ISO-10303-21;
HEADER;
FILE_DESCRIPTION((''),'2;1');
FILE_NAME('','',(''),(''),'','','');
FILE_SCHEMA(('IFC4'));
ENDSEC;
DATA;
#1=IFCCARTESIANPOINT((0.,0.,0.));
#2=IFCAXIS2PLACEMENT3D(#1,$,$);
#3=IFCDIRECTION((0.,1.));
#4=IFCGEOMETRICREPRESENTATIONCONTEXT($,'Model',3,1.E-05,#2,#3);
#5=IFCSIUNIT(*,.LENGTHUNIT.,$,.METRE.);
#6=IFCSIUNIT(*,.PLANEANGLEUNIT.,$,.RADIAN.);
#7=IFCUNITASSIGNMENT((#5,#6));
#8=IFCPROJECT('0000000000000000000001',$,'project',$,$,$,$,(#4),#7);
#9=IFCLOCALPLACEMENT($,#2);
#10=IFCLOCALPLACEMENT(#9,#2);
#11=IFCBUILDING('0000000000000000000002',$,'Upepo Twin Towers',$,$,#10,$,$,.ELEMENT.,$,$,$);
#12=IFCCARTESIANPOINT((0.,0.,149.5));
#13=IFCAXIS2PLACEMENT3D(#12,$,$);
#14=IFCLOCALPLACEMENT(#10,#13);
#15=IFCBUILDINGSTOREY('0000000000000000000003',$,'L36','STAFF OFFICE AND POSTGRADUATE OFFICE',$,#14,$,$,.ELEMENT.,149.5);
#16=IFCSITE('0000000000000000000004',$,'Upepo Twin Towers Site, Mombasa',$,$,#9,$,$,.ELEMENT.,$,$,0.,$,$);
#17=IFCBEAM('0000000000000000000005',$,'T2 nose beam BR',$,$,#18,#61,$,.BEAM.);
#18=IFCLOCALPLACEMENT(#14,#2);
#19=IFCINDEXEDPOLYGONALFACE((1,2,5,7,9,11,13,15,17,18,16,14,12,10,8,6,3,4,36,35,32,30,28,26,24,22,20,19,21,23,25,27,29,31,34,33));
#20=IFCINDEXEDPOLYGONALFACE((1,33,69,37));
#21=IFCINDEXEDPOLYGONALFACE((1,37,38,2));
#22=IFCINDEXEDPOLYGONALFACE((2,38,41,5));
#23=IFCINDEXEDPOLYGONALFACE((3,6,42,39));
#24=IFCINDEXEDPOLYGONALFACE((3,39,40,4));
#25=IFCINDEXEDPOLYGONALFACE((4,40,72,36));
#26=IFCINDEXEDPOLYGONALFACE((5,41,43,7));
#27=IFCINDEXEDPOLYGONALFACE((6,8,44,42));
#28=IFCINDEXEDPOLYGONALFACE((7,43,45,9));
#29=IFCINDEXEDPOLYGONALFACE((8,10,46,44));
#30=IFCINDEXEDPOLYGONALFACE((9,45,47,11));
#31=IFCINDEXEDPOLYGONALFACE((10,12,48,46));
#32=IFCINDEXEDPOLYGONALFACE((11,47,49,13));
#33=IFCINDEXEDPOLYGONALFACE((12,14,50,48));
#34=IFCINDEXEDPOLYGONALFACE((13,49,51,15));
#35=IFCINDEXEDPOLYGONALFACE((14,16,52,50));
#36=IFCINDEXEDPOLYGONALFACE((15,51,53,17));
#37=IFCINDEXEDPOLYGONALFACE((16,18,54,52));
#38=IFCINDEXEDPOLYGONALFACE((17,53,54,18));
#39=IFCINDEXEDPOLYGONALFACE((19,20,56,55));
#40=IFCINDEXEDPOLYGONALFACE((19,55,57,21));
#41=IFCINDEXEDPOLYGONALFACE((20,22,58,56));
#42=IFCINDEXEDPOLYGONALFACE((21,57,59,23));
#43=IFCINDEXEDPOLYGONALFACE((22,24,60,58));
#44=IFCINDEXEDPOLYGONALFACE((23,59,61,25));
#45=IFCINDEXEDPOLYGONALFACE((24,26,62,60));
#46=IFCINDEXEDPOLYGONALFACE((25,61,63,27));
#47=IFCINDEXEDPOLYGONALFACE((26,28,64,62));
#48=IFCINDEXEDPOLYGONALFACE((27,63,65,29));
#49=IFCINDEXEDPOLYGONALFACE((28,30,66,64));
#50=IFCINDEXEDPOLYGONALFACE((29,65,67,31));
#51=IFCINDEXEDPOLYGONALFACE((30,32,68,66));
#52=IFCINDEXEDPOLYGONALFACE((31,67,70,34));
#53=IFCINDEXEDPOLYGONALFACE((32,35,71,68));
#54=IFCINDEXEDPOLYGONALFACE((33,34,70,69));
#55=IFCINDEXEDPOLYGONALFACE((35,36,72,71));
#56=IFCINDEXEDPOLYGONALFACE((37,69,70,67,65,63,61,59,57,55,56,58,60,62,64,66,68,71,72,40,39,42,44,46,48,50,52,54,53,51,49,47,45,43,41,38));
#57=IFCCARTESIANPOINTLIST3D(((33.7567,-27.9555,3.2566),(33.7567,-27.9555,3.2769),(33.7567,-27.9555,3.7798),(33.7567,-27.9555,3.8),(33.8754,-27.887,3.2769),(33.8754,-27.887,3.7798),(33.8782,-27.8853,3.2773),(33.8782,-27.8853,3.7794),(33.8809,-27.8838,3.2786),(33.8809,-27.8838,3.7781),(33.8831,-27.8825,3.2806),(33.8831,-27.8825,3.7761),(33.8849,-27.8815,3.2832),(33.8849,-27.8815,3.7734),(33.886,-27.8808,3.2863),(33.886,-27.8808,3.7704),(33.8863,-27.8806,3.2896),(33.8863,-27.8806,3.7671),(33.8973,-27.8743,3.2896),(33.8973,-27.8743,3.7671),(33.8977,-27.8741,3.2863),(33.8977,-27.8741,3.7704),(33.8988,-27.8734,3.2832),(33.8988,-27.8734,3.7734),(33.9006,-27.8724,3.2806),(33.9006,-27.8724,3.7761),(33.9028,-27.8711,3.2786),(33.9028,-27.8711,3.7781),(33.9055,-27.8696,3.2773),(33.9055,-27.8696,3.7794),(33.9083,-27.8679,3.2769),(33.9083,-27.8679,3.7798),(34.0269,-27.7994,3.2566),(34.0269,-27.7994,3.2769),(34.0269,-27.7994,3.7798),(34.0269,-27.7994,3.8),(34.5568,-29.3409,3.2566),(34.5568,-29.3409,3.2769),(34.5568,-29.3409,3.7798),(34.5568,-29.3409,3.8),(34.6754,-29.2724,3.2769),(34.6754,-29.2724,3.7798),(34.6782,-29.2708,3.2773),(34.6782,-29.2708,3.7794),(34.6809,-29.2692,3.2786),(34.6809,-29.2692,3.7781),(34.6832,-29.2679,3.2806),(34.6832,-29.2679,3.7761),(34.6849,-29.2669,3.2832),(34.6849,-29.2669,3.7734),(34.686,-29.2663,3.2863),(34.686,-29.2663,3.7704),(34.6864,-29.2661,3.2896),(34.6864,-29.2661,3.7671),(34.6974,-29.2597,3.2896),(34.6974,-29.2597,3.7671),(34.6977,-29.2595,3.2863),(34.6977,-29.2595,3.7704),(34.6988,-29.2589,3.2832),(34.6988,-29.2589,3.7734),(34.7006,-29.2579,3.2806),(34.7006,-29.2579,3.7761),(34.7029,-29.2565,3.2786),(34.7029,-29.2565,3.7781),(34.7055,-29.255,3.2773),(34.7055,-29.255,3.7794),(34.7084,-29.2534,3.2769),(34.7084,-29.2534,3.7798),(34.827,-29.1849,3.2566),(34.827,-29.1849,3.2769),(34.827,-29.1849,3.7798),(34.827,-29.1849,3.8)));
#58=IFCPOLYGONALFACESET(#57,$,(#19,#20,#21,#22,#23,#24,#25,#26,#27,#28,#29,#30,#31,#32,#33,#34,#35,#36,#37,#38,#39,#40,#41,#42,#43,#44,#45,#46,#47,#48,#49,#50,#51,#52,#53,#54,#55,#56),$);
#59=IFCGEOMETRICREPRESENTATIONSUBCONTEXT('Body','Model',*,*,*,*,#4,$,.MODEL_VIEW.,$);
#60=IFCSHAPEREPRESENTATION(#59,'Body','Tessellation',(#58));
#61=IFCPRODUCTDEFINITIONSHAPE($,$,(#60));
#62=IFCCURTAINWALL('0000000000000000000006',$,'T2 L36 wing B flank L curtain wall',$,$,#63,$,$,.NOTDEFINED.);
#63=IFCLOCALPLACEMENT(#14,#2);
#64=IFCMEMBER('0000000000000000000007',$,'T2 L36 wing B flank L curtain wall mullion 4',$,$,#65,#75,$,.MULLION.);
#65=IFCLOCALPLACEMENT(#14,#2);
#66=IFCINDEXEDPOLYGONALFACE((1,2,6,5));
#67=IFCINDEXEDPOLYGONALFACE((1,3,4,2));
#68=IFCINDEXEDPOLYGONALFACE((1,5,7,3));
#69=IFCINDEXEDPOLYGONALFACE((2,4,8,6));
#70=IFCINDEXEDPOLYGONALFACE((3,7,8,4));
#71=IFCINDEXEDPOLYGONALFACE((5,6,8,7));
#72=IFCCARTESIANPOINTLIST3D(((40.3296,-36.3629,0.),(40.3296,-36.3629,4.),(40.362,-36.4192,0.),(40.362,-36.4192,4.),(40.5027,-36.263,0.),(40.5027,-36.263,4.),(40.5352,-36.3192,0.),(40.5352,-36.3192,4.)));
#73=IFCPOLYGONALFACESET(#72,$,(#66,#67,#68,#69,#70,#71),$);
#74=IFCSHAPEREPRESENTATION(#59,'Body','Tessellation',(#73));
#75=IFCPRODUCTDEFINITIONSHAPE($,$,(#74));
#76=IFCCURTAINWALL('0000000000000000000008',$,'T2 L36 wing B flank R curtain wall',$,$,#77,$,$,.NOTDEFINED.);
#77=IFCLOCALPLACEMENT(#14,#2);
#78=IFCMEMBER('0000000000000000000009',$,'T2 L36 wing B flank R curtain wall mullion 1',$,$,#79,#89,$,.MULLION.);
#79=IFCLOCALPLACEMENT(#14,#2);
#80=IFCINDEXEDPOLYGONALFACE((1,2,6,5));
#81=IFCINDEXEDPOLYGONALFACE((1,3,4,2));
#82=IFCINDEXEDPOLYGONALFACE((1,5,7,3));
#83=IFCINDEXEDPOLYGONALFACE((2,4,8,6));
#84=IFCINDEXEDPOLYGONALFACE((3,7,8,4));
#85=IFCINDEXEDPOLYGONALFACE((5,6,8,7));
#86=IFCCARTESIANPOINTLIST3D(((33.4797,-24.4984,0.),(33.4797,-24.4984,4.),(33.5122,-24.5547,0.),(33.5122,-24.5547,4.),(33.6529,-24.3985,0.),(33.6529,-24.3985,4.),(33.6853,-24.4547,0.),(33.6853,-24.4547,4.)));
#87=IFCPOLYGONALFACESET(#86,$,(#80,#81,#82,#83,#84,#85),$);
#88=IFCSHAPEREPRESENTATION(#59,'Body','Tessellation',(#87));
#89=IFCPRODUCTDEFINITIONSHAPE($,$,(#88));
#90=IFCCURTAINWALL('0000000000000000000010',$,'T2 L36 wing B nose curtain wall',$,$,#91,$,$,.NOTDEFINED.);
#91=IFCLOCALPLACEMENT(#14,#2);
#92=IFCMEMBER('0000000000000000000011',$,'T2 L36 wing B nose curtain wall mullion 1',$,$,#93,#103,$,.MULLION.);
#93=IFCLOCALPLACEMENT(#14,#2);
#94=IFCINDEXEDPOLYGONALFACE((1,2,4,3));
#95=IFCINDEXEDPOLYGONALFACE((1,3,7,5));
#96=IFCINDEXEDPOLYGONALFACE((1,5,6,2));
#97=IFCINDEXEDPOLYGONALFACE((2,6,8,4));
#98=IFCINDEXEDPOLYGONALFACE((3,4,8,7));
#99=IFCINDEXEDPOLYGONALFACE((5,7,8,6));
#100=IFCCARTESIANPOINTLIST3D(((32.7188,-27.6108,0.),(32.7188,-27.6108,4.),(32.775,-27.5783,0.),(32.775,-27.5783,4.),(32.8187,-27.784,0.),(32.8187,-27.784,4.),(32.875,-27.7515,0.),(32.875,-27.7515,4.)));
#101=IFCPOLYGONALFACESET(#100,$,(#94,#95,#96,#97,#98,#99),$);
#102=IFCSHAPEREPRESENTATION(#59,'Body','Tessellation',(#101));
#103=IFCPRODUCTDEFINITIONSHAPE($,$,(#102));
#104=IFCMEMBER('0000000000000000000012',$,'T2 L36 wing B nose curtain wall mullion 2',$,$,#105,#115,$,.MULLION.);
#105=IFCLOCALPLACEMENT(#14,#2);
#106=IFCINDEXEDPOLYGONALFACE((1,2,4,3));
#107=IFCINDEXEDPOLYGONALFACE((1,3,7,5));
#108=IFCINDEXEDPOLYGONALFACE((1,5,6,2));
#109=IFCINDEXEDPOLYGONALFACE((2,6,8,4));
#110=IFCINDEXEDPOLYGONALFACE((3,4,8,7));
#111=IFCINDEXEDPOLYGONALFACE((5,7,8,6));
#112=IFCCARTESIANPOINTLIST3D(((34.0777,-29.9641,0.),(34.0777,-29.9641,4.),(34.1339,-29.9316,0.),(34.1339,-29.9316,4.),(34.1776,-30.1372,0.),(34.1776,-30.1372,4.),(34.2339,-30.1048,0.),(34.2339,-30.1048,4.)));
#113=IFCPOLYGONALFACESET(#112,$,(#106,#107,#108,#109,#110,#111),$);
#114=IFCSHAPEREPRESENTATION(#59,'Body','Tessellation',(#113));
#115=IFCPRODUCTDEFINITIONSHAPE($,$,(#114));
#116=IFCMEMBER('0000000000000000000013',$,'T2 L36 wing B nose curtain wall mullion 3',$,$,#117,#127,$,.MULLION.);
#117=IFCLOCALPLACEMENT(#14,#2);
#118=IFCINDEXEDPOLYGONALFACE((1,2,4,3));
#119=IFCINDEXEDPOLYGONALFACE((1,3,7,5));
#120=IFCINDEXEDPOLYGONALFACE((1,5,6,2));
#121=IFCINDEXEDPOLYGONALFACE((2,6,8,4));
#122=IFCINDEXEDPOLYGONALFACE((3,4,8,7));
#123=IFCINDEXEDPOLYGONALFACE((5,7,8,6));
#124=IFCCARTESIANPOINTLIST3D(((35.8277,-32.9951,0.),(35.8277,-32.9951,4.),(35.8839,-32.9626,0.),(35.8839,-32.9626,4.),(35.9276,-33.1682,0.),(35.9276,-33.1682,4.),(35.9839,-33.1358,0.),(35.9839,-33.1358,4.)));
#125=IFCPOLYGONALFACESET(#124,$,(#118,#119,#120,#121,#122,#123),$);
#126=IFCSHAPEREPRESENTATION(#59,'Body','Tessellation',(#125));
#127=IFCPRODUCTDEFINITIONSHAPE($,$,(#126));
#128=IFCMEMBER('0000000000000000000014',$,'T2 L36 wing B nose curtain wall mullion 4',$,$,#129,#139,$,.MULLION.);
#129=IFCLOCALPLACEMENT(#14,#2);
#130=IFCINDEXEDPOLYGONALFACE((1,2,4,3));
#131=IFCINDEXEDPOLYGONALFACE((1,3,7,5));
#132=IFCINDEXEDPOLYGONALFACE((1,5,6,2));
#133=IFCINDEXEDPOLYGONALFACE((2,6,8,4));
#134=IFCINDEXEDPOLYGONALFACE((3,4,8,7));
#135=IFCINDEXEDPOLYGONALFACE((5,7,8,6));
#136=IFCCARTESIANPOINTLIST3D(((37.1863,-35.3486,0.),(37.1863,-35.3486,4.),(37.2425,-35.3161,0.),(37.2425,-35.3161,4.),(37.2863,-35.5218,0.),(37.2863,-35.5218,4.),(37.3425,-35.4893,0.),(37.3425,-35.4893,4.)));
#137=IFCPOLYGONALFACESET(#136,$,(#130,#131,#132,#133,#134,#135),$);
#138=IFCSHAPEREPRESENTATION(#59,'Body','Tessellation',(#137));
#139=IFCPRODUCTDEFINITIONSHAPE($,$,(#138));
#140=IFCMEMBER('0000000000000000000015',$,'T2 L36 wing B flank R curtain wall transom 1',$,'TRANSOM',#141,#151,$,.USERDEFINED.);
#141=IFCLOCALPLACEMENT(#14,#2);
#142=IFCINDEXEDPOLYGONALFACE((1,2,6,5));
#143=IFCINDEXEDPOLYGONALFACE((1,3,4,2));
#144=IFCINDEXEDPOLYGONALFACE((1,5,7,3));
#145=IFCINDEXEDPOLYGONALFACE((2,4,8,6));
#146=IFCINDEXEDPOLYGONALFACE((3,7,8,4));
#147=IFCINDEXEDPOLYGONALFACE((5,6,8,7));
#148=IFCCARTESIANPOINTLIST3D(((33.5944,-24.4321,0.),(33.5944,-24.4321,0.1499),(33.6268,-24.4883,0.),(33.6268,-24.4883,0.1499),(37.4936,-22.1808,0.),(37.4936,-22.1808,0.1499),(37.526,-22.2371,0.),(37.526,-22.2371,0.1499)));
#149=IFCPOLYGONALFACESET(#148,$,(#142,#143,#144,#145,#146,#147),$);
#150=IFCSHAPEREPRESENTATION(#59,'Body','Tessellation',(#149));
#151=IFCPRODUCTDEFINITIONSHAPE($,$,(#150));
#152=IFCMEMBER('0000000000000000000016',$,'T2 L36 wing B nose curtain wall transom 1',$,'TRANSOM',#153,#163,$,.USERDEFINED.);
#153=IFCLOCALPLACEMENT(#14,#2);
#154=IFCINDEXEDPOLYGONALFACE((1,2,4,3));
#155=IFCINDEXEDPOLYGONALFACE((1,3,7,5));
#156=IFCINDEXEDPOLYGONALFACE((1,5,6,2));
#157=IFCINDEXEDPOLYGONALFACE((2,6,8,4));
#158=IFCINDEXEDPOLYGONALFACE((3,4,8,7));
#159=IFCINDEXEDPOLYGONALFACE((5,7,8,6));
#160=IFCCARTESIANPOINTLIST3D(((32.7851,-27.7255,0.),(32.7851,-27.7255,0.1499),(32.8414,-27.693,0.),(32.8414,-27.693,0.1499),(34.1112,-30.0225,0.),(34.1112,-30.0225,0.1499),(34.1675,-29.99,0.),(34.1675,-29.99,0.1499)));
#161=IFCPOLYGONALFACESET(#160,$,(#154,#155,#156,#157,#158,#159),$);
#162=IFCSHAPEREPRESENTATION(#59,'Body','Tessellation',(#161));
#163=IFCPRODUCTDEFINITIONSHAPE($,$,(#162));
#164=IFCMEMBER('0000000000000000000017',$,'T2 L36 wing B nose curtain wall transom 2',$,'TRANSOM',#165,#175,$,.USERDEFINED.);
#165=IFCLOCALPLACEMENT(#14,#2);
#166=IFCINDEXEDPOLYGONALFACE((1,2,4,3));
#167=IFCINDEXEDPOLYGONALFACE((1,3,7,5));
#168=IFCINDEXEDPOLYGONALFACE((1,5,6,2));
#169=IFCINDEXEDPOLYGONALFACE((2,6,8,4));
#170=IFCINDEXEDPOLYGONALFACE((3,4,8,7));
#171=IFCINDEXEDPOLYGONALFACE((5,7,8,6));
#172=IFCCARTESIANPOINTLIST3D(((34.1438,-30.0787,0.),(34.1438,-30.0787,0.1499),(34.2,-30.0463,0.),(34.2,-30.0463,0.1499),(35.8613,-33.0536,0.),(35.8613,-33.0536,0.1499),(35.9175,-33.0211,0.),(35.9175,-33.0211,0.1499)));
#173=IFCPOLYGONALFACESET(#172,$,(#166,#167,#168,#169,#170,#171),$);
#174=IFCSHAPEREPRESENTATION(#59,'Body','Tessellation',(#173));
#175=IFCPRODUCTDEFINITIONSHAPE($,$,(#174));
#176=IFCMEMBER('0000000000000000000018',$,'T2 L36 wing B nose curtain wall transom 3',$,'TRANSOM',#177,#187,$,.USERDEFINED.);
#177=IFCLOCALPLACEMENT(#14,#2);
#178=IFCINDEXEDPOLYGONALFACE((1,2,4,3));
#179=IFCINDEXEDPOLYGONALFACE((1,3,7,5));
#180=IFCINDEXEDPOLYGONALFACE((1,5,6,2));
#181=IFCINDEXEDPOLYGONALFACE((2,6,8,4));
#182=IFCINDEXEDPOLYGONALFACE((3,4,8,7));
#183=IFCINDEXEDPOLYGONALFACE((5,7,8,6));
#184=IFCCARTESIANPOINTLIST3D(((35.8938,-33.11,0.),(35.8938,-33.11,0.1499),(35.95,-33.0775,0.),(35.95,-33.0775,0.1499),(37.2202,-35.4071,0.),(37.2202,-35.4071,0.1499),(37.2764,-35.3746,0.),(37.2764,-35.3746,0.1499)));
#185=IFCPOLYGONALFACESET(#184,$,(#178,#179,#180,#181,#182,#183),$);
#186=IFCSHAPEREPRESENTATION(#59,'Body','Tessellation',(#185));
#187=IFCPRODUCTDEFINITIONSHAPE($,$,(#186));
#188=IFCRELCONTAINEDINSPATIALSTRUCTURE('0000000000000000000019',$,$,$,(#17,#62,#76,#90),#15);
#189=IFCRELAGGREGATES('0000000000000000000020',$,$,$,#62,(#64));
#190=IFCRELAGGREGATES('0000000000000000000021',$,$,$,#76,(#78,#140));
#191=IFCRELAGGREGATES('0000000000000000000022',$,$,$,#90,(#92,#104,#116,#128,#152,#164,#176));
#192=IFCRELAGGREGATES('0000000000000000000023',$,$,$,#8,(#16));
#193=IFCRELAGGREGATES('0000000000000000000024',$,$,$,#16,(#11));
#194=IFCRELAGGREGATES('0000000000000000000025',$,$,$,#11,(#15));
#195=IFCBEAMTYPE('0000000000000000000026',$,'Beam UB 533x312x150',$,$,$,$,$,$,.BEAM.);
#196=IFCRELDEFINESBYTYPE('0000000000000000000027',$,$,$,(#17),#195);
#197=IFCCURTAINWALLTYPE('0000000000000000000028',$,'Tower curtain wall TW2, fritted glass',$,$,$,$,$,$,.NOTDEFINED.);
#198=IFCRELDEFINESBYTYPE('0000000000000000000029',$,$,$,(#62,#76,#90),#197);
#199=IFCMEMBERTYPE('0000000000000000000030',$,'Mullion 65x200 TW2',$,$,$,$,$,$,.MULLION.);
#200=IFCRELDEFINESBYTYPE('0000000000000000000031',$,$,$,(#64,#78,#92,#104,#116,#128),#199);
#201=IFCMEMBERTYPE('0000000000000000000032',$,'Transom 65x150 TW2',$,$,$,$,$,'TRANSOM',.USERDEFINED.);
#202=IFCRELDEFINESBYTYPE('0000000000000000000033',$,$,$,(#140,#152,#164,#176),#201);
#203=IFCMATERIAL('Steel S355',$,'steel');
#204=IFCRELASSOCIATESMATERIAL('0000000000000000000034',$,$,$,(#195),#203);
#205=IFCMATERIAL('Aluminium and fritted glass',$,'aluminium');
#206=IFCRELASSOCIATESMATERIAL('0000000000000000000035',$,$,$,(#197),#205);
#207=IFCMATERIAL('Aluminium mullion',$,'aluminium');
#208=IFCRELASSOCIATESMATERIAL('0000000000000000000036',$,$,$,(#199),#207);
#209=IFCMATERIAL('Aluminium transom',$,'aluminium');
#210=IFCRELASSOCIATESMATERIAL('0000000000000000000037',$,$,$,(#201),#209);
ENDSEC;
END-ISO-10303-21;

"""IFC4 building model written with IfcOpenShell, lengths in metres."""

from ifc_helpers import new_model, si_unit, direction, frame, origin, origin_2d, place, context, subcontext, project, spatial, rectangle, i_section, extrude, material, material_profile, profile_set, type_object, element, aggregate, save


model = new_model("IFC4")

# Units and contexts
model_context = context("Model", 3, precision=1e-05, world=origin(), true_north=direction((0.0, 1.0)))
body_context = subcontext(model_context, "Body", "Model", "MODEL_VIEW")
ifc_project = project(units=[si_unit("LENGTHUNIT", "METRE"), si_unit("PLANEANGLEUNIT", "RADIAN")], contexts=[model_context])

# Site, building, storey
site_placement = place(None, origin())
site = spatial("IfcSite", under=ifc_project, at=site_placement, Name="Upepo Twin Towers Site, Mombasa", CompositionType="ELEMENT", RefElevation=0.0)
building_placement = place(site_placement, origin())
building = spatial("IfcBuilding", under=site, at=building_placement, Name="Upepo Twin Towers", CompositionType="ELEMENT")
storey_placement = place(building_placement, frame((0.0, 0.0, 149.5)))
storey = spatial("IfcBuildingStorey", under=building, at=storey_placement, Name="L36", Description="STAFF OFFICE AND POSTGRADUATE OFFICE", CompositionType="ELEMENT", Elevation=149.5)

# Beam
ifc_material_1 = material(Name="Steel S355", Category="steel")
ifc_material_profile_1 = material_profile(ifc_material_1, i_section(OverallWidth=0.312, OverallDepth=0.5435, WebThickness=0.0127, FlangeThickness=0.0203, FilletRadius=0.0127, at=origin_2d()), Name="UB 533x312x150")
ifc_profile_set_1 = profile_set([ifc_material_profile_1], Name="Steel S355")
beam_type_1 = type_object("IfcBeamType", Name="Beam UB 533x312x150", PredefinedType="BEAM", material=ifc_profile_set_1)
for number, where, z_axis, x_axis, name in (
    (1, (33.8918, -27.8774, 3.5283), (0.500061, -0.86599, 0.0), (0.86599, 0.500061, 0.0), "T2 nose beam BR"),
):
    element("IfcBeam", number, at=place(storey_placement, frame(where, z_axis=z_axis, x_axis=x_axis)), inside=storey, type_object=beam_type_1, Name=name, PredefinedType="BEAM", context=body_context, shape_type="SweptSolid", body=[
        extrude(i_section(OverallWidth=0.312, OverallDepth=0.5435, WebThickness=0.0127, FlangeThickness=0.0203, FilletRadius=0.0127, at=origin_2d()), origin(), (0.0, 0.0, 1.0), 1.5999),
    ])

# Curtain walls, members
ifc_material_2 = material(Name="Aluminium and fritted glass", Category="aluminium")
curtain_wall_type = type_object("IfcCurtainWallType", Name="Tower curtain wall TW2, fritted glass", PredefinedType="NOTDEFINED", material=ifc_material_2)
curtain_wall_1_placement = place(storey_placement, origin())
curtain_wall_1 = element("IfcCurtainWall", 2, at=curtain_wall_1_placement, inside=storey, type_object=curtain_wall_type, Name="T2 L36 wing B flank L curtain wall", PredefinedType="NOTDEFINED")
ifc_material_3 = material(Name="Aluminium mullion", Category="aluminium")
ifc_material_profile_2 = material_profile(ifc_material_3, rectangle(XDim=0.0649, YDim=0.2, at=origin_2d()), Name="MULLION 65x200")
ifc_profile_set_2 = profile_set([ifc_material_profile_2], Name="Aluminium mullion")
member_type_1 = type_object("IfcMemberType", Name="Mullion 65x200 TW2", PredefinedType="MULLION", material=ifc_profile_set_2)
member_1_placement = place(storey_placement, frame((40.4324, -36.3411, 0.0), z_axis=(0.0, 0.0, 1.0), x_axis=(0.5, -0.866025, 0.0)))
member_1 = element("IfcMember", 3, at=member_1_placement, type_object=member_type_1, Name="T2 L36 wing B flank L curtain wall mullion 4", PredefinedType="MULLION", context=body_context, shape_type="SweptSolid", body=[
    extrude(rectangle(XDim=0.0649, YDim=0.2, at=origin_2d()), origin(), (0.0, 0.0, 1.0), 4.0),
])
aggregate(curtain_wall_1, [member_1])
curtain_wall_2_placement = place(storey_placement, origin())
curtain_wall_2 = element("IfcCurtainWall", 4, at=curtain_wall_2_placement, inside=storey, type_object=curtain_wall_type, Name="T2 L36 wing B flank R curtain wall", PredefinedType="NOTDEFINED")
member_2_placement = place(storey_placement, frame((33.5825, -24.4766, 0.0), z_axis=(0.0, 0.0, 1.0), x_axis=(-0.5, 0.866025, 0.0)))
member_2 = element("IfcMember", 5, at=member_2_placement, type_object=member_type_1, Name="T2 L36 wing B flank R curtain wall mullion 1", PredefinedType="MULLION", context=body_context, shape_type="SweptSolid", body=[
    extrude(rectangle(XDim=0.0649, YDim=0.2, at=origin_2d()), origin(), (0.0, 0.0, 1.0), 4.0),
])

# Curtain wall, members
curtain_wall_3_placement = place(storey_placement, origin())
curtain_wall_3 = element("IfcCurtainWall", 6, at=curtain_wall_3_placement, inside=storey, type_object=curtain_wall_type, Name="T2 L36 wing B nose curtain wall", PredefinedType="NOTDEFINED")
member_3_placement = place(storey_placement, frame((32.7969, -27.6812, 0.0), z_axis=(0.0, 0.0, 1.0), x_axis=(0.866025, 0.5, 0.0)))
member_3 = element("IfcMember", 7, at=member_3_placement, type_object=member_type_1, Name="T2 L36 wing B nose curtain wall mullion 1", PredefinedType="MULLION", context=body_context, shape_type="SweptSolid", body=[
    extrude(rectangle(XDim=0.0649, YDim=0.2, at=origin_2d()), origin(), (0.0, 0.0, 1.0), 4.0),
])
member_4_placement = place(storey_placement, frame((34.1558, -30.0344, 0.0), z_axis=(0.0, 0.0, 1.0), x_axis=(0.866025, 0.5, 0.0)))
member_4 = element("IfcMember", 8, at=member_4_placement, type_object=member_type_1, Name="T2 L36 wing B nose curtain wall mullion 2", PredefinedType="MULLION", context=body_context, shape_type="SweptSolid", body=[
    extrude(rectangle(XDim=0.0649, YDim=0.2, at=origin_2d()), origin(), (0.0, 0.0, 1.0), 4.0),
])
member_5_placement = place(storey_placement, frame((35.9058, -33.0654, 0.0), z_axis=(0.0, 0.0, 1.0), x_axis=(0.866025, 0.5, 0.0)))
member_5 = element("IfcMember", 9, at=member_5_placement, type_object=member_type_1, Name="T2 L36 wing B nose curtain wall mullion 3", PredefinedType="MULLION", context=body_context, shape_type="SweptSolid", body=[
    extrude(rectangle(XDim=0.0649, YDim=0.2, at=origin_2d()), origin(), (0.0, 0.0, 1.0), 4.0),
])
member_6_placement = place(storey_placement, frame((37.2644, -35.4189, 0.0), z_axis=(0.0, 0.0, 1.0), x_axis=(0.866025, 0.5, 0.0)))
member_6 = element("IfcMember", 10, at=member_6_placement, type_object=member_type_1, Name="T2 L36 wing B nose curtain wall mullion 4", PredefinedType="MULLION", context=body_context, shape_type="SweptSolid", body=[
    extrude(rectangle(XDim=0.0649, YDim=0.2, at=origin_2d()), origin(), (0.0, 0.0, 1.0), 4.0),
])

# Members
ifc_material_4 = material(Name="Aluminium transom", Category="aluminium")
ifc_material_profile_3 = material_profile(ifc_material_4, rectangle(XDim=0.0649, YDim=0.1499, at=origin_2d()), Name="TRANSOM 65x150")
ifc_profile_set_3 = profile_set([ifc_material_profile_3], Name="Aluminium transom")
member_type_2 = type_object("IfcMemberType", Name="Transom 65x150 TW2", ElementType="TRANSOM", PredefinedType="USERDEFINED", material=ifc_profile_set_3)
member_7_placement = place(storey_placement, frame((33.6106, -24.4602, 0.075), z_axis=(0.866022, 0.500006, 0.0), x_axis=(-0.500006, 0.866022, 0.0)))
member_7 = element("IfcMember", 11, at=member_7_placement, type_object=member_type_2, Name="T2 L36 wing B flank R curtain wall transom 1", ObjectType="TRANSOM", PredefinedType="USERDEFINED", context=body_context, shape_type="SweptSolid", body=[
    extrude(rectangle(XDim=0.0649, YDim=0.1499, at=origin_2d()), origin(), (0.0, 0.0, 1.0), 4.5024),
])
member_8_placement = place(storey_placement, frame((32.8132, -27.7092, 0.075), z_axis=(0.49998, -0.866037, 0.0), x_axis=(0.866037, 0.49998, 0.0)))
member_8 = element("IfcMember", 12, at=member_8_placement, type_object=member_type_2, Name="T2 L36 wing B nose curtain wall transom 1", ObjectType="TRANSOM", PredefinedType="USERDEFINED", context=body_context, shape_type="SweptSolid", body=[
    extrude(rectangle(XDim=0.0649, YDim=0.1499, at=origin_2d()), origin(), (0.0, 0.0, 1.0), 2.6523),
])
member_9_placement = place(storey_placement, frame((34.1719, -30.0625, 0.075), z_axis=(0.499999, -0.866026, 0.0), x_axis=(0.866026, 0.499999, 0.0)))
member_9 = element("IfcMember", 13, at=member_9_placement, type_object=member_type_2, Name="T2 L36 wing B nose curtain wall transom 2", ObjectType="TRANSOM", PredefinedType="USERDEFINED", context=body_context, shape_type="SweptSolid", body=[
    extrude(rectangle(XDim=0.0649, YDim=0.1499, at=origin_2d()), origin(), (0.0, 0.0, 1.0), 3.4351),
])
member_10_placement = place(storey_placement, frame((35.9219, -33.0938, 0.075), z_axis=(0.500049, -0.865997, 0.0), x_axis=(0.865997, 0.500049, 0.0)))
member_10 = element("IfcMember", 14, at=member_10_placement, type_object=member_type_2, Name="T2 L36 wing B nose curtain wall transom 3", ObjectType="TRANSOM", PredefinedType="USERDEFINED", context=body_context, shape_type="SweptSolid", body=[
    extrude(rectangle(XDim=0.0649, YDim=0.1499, at=origin_2d()), origin(), (0.0, 0.0, 1.0), 2.6526),
])

aggregate(curtain_wall_2, [member_2, member_7])
aggregate(curtain_wall_3, [member_3, member_4, member_5, member_6, member_8, member_9, member_10])

save(model, "model.ifc")
